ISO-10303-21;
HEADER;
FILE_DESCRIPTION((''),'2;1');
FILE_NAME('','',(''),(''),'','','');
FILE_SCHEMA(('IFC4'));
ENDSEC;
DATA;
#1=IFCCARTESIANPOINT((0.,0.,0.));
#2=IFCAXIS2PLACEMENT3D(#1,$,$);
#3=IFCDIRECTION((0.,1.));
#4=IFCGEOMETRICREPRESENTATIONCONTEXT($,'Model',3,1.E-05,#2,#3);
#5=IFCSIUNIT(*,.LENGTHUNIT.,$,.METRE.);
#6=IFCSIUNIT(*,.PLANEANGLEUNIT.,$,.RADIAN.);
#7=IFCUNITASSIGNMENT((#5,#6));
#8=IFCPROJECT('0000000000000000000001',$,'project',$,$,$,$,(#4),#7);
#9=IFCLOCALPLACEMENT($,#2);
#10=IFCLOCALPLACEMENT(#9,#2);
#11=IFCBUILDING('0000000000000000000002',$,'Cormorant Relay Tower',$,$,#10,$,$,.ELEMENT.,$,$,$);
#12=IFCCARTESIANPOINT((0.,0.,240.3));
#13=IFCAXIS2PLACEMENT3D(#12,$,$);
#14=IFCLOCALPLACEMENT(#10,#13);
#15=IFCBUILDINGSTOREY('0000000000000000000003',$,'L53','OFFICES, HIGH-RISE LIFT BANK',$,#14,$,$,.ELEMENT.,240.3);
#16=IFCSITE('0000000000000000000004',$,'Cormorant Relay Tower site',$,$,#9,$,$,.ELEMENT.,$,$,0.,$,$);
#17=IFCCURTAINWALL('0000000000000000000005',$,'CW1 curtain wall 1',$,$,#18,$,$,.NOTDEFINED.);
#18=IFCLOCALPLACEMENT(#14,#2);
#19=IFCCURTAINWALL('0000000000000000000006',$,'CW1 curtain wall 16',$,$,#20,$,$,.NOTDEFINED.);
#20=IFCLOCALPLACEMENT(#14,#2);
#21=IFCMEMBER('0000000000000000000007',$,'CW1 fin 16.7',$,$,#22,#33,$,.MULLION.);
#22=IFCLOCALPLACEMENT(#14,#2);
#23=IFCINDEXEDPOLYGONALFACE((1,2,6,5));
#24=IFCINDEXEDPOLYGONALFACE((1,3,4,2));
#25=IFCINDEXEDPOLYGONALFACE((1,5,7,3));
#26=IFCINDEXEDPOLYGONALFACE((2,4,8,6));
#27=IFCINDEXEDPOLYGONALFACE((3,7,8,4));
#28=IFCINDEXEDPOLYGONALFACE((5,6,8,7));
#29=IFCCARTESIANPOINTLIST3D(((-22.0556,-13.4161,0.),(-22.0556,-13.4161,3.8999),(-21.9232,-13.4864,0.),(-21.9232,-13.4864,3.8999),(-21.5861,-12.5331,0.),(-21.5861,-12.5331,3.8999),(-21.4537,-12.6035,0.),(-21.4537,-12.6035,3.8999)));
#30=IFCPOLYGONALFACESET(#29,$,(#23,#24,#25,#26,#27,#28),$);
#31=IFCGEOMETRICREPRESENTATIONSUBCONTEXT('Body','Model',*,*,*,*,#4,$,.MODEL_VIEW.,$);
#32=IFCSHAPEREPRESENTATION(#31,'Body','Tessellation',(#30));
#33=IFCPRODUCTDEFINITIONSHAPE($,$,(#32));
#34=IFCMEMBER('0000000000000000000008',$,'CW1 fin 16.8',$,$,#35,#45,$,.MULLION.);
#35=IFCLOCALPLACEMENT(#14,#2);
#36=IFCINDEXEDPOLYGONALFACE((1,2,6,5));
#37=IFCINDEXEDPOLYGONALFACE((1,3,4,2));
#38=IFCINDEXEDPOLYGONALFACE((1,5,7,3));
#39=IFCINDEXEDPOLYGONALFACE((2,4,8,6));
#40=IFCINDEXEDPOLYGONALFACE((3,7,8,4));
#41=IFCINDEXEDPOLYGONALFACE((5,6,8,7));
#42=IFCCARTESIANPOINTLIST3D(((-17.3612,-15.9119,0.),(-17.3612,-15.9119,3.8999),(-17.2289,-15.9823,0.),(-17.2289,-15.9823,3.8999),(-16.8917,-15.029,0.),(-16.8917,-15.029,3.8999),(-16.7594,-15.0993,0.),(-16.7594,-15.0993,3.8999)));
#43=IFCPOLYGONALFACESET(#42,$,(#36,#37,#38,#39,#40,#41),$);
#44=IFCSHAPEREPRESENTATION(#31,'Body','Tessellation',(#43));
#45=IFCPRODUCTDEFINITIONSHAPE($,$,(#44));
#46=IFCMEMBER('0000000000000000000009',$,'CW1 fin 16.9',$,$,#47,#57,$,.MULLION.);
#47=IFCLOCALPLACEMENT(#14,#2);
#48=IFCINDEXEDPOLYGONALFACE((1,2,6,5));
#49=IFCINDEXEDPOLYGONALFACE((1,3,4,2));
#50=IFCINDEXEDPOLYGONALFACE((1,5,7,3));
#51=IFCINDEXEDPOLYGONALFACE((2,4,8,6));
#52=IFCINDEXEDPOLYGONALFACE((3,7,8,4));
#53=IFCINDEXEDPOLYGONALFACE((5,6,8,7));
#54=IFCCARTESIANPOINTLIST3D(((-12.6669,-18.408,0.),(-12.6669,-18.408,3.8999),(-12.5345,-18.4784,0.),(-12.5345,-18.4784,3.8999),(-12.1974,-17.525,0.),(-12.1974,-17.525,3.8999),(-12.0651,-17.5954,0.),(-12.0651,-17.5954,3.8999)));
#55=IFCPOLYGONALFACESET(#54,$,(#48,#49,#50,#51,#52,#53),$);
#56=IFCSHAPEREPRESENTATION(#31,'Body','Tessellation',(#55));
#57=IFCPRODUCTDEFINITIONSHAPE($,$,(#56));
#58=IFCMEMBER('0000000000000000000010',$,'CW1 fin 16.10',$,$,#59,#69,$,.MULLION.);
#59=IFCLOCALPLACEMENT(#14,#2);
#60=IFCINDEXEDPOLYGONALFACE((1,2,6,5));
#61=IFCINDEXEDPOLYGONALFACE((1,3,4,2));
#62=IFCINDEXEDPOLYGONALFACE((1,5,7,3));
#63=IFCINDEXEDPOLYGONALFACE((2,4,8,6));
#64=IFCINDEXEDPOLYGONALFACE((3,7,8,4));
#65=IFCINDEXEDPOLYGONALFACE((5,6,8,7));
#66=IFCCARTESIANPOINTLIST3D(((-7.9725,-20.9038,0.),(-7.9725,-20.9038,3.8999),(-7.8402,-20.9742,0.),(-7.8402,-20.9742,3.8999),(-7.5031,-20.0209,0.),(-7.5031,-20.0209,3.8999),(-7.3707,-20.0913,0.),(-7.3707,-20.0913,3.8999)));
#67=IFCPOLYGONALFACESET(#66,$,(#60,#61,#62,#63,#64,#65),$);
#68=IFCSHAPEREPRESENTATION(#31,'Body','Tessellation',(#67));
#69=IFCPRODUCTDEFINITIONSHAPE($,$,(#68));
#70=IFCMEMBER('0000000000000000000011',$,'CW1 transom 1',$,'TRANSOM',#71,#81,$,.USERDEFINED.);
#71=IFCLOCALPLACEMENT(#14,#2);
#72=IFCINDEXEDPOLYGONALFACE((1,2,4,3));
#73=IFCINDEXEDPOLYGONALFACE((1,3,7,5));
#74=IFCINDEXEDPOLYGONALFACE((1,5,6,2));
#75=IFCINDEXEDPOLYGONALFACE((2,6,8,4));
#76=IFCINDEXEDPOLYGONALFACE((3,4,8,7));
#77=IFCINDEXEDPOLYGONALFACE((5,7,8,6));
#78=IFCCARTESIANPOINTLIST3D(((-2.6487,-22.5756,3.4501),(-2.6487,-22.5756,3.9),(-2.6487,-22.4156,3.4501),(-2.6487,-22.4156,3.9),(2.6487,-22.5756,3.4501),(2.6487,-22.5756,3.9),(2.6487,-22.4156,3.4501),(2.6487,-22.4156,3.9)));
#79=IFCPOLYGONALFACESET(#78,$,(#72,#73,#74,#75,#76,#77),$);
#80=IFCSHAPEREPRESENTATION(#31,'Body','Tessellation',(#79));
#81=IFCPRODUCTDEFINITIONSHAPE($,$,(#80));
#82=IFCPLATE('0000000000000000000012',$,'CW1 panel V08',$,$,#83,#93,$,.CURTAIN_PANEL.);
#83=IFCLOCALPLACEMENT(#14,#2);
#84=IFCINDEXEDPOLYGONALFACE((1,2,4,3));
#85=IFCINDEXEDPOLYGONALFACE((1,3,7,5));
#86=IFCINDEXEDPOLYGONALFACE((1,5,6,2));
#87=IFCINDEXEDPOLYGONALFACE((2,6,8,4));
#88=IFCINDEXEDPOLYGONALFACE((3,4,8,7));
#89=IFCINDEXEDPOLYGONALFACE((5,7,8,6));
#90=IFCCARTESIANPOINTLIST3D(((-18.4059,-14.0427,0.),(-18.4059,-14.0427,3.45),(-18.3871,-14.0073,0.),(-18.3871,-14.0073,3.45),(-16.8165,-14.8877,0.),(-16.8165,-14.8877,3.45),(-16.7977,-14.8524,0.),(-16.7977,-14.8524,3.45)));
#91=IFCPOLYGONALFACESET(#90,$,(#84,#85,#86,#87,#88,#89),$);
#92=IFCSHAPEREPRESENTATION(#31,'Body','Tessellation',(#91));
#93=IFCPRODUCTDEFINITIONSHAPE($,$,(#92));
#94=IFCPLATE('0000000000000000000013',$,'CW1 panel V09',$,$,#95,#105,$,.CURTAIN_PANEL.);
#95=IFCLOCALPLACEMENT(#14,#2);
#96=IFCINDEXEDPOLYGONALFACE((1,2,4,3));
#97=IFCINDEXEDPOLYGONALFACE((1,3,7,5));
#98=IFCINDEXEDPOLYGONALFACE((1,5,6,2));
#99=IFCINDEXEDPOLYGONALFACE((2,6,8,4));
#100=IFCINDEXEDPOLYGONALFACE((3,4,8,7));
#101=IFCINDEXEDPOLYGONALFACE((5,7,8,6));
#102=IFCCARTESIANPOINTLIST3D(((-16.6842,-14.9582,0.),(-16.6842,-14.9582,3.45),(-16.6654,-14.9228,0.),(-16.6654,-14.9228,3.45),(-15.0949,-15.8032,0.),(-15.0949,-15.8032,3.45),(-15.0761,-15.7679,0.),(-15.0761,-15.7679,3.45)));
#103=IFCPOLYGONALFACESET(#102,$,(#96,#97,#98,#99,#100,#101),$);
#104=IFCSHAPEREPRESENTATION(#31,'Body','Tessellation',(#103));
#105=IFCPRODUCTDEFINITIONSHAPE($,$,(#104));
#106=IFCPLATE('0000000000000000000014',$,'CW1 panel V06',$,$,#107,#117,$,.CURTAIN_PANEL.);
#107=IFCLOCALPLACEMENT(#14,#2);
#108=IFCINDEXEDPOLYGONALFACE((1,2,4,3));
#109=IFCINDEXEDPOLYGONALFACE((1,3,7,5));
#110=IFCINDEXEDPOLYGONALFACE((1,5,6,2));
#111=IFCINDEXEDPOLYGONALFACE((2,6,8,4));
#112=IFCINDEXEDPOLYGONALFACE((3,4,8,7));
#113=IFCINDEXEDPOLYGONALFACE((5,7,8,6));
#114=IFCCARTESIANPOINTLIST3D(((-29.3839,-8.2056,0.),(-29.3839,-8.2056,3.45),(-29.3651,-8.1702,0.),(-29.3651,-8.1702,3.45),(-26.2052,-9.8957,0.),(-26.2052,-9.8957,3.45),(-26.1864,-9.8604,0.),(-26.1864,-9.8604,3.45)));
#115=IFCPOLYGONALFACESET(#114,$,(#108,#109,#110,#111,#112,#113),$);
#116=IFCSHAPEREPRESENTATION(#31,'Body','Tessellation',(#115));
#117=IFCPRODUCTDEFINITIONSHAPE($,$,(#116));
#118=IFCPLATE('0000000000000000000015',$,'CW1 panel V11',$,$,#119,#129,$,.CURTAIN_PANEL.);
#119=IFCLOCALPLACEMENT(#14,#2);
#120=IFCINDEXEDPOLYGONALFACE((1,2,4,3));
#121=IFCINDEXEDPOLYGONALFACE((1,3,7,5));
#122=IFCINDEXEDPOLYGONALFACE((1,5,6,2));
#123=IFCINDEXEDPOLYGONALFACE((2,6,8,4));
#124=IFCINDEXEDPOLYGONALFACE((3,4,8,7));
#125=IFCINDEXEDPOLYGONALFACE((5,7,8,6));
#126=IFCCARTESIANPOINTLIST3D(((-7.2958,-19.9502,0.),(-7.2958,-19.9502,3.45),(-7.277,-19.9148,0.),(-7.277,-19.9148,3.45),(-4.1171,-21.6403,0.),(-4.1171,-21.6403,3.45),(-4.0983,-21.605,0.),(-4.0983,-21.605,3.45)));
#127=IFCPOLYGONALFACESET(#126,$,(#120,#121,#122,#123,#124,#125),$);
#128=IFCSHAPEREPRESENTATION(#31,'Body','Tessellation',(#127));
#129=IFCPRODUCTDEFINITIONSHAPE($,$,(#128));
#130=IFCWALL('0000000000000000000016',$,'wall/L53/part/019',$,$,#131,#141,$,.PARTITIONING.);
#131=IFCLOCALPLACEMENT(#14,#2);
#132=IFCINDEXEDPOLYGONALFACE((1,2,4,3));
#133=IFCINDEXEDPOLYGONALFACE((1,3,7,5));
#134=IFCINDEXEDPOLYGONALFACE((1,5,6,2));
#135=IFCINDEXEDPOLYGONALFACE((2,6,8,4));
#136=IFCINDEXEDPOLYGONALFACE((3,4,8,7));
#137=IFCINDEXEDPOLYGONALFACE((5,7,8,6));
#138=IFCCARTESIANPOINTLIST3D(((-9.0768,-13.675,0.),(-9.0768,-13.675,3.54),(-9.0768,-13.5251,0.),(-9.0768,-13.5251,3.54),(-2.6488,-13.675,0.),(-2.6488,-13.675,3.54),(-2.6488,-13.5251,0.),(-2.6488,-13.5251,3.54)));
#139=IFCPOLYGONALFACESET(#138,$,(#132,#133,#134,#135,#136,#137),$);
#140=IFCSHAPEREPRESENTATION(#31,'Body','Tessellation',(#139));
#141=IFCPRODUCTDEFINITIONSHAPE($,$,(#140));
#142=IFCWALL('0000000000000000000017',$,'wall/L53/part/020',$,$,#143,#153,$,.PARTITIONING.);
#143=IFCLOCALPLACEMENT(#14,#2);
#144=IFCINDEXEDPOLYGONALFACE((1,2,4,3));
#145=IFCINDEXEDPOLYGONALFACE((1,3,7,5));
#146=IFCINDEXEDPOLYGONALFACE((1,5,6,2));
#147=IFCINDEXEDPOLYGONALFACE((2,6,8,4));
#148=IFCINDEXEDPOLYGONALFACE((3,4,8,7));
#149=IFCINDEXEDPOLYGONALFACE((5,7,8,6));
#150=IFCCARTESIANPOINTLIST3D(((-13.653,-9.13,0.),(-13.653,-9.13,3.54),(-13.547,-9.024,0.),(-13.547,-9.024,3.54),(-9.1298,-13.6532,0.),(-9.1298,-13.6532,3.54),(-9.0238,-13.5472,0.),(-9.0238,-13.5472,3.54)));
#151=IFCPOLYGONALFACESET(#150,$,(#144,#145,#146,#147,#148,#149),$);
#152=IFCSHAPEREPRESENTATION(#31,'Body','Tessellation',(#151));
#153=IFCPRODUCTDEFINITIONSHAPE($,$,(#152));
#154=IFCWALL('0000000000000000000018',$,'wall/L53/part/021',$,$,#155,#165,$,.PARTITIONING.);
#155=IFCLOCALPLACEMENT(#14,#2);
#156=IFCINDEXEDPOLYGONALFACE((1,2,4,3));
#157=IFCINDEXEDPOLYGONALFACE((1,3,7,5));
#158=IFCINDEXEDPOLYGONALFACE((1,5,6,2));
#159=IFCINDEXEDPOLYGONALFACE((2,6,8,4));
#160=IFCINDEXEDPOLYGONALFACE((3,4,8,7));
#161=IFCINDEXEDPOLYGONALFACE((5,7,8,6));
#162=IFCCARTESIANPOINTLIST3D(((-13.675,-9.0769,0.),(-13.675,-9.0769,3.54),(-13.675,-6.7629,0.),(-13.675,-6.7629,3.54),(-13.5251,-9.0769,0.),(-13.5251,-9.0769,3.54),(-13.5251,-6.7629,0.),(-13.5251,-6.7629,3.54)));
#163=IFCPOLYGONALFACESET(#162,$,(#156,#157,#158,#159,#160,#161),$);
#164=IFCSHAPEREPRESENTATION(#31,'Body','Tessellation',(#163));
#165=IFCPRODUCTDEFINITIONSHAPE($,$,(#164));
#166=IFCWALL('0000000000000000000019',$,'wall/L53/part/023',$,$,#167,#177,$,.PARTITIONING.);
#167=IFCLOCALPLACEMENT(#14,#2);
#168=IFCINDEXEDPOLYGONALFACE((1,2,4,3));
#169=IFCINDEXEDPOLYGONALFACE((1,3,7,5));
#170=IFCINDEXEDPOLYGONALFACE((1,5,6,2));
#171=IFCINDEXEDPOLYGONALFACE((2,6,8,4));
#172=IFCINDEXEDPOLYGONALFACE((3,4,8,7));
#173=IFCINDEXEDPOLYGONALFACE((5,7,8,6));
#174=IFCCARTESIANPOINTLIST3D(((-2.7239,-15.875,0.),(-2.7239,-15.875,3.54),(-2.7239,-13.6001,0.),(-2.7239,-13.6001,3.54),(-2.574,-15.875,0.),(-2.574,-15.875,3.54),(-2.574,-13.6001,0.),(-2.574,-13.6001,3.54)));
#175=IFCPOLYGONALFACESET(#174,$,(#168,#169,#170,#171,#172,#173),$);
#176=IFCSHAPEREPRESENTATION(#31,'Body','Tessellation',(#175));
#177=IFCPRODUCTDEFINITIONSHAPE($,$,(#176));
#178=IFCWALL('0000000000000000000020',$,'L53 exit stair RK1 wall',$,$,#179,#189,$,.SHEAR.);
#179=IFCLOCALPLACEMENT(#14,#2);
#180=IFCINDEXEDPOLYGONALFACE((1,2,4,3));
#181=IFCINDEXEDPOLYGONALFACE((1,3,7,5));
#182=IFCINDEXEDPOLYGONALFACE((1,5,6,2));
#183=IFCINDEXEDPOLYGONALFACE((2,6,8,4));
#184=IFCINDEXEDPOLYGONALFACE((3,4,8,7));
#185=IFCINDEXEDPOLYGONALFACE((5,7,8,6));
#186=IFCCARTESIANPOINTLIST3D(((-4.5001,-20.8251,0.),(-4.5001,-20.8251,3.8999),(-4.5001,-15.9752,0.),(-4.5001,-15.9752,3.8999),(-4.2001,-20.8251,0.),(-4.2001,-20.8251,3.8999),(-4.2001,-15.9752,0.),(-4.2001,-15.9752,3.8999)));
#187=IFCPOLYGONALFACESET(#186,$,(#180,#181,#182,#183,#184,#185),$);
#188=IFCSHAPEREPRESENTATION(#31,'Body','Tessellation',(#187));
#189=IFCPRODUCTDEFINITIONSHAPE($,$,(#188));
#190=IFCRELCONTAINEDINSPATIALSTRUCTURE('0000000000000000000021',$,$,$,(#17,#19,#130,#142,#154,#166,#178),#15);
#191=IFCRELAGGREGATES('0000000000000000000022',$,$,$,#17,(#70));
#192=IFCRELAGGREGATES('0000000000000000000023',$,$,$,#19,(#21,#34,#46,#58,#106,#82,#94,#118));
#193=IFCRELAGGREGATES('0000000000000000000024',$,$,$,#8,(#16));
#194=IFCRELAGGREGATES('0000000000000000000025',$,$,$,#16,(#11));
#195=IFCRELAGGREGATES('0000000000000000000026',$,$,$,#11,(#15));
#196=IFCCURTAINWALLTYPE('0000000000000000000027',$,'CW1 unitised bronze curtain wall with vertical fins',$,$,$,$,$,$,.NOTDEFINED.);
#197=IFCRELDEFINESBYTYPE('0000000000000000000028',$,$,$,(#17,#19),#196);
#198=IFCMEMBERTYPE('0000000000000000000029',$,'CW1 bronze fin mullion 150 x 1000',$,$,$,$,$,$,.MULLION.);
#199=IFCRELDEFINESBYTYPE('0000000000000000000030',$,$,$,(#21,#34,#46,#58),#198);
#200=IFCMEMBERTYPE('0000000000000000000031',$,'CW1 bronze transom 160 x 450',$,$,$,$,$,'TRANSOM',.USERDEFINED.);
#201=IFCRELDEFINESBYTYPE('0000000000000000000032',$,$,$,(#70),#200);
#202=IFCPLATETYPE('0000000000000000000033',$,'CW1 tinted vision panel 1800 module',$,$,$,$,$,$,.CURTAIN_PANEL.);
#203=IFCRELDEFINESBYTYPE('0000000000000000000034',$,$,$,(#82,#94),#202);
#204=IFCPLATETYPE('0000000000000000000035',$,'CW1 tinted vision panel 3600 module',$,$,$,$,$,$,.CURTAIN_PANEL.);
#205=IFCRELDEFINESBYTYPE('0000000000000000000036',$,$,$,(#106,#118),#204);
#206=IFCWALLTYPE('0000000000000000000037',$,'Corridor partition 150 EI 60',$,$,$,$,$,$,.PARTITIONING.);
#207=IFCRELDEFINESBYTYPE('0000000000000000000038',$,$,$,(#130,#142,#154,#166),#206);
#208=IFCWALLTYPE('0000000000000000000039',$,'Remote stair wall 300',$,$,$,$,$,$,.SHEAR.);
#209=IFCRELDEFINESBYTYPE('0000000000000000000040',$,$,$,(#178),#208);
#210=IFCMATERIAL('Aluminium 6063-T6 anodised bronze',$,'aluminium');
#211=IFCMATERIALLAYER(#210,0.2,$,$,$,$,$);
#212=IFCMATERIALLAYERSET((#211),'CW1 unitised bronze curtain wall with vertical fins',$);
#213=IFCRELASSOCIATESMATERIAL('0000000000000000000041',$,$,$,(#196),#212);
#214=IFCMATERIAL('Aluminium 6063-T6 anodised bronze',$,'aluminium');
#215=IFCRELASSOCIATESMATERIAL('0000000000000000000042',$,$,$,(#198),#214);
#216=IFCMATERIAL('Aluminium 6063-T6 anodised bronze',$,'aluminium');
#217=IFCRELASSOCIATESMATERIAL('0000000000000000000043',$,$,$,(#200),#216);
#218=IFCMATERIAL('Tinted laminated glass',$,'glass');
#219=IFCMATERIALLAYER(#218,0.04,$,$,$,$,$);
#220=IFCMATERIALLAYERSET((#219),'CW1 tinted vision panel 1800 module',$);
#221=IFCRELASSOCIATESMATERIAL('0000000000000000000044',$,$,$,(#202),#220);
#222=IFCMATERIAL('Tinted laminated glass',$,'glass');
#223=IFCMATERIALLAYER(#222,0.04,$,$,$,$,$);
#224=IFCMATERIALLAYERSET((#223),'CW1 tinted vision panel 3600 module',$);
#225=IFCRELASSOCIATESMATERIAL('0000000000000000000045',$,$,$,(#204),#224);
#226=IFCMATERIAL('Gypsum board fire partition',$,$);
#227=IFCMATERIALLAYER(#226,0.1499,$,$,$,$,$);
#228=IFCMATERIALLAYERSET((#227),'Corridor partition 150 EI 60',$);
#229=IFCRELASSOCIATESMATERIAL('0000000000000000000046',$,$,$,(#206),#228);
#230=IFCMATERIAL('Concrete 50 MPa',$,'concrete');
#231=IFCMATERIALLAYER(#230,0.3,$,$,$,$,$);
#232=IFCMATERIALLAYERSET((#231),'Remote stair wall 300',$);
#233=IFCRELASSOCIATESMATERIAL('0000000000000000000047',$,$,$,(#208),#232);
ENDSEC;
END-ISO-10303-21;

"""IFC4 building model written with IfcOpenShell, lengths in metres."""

from ifc_helpers import new_model, si_unit, direction, frame, frame_2d, origin, origin_2d, place, context, subcontext, project, spatial, rectangle, extrude, material, layer, layer_set, material_profile, profile_set, type_object, element, aggregate, save


model = new_model("IFC4")

# Units and contexts
model_context = context("Model", 3, precision=1e-05, world=origin(), true_north=direction((0.0, 1.0)))
body_context = subcontext(model_context, "Body", "Model", "MODEL_VIEW")
ifc_project = project(units=[si_unit("LENGTHUNIT", "METRE"), si_unit("PLANEANGLEUNIT", "RADIAN")], contexts=[model_context])

# Site, building, storey
site_placement = place(None, origin())
site = spatial("IfcSite", under=ifc_project, at=site_placement, Name="Cormorant Relay Tower site", CompositionType="ELEMENT", RefElevation=0.0)
building_placement = place(site_placement, origin())
building = spatial("IfcBuilding", under=site, at=building_placement, Name="Cormorant Relay Tower", CompositionType="ELEMENT")
storey_placement = place(building_placement, frame((0.0, 0.0, 240.3)))
storey = spatial("IfcBuildingStorey", under=building, at=storey_placement, Name="L53", Description="OFFICES, HIGH-RISE LIFT BANK", CompositionType="ELEMENT", Elevation=240.3)

# Curtain wall
ifc_material_1 = material(Name="Aluminium 6063-T6 anodised bronze", Category="aluminium")
ifc_layer_1 = layer(ifc_material_1, 0.2)
ifc_layer_set_1 = layer_set([ifc_layer_1], Name="CW1 unitised bronze curtain wall with vertical fins")
curtain_wall_type = type_object("IfcCurtainWallType", Name="CW1 unitised bronze curtain wall with vertical fins", PredefinedType="NOTDEFINED", material=ifc_layer_set_1)
curtain_wall_1_placement = place(storey_placement, origin())
curtain_wall_1 = element("IfcCurtainWall", 1, at=curtain_wall_1_placement, inside=storey, type_object=curtain_wall_type, Name="CW1 curtain wall 1", PredefinedType="NOTDEFINED")
ifc_material_2 = material(Name="Aluminium 6063-T6 anodised bronze", Category="aluminium")
ifc_material_profile_1 = material_profile(ifc_material_2, rectangle(XDim=0.1499, YDim=1.0, at=origin_2d()), Name="AL 150x1000")
ifc_profile_set_1 = profile_set([ifc_material_profile_1], Name="Aluminium 6063-T6 anodised bronze")
member_type_1 = type_object("IfcMemberType", Name="CW1 bronze fin mullion 150 x 1000", PredefinedType="MULLION", material=ifc_profile_set_1)

# Curtain wall, members
curtain_wall_2_placement = place(storey_placement, origin())
curtain_wall_2 = element("IfcCurtainWall", 2, at=curtain_wall_2_placement, inside=storey, type_object=curtain_wall_type, Name="CW1 curtain wall 16", PredefinedType="NOTDEFINED")
member_1_placement = place(storey_placement, frame((-21.7546, -13.0098, 0.0), z_axis=(0.0, 0.0, 1.0), x_axis=(0.882948, -0.469472, 0.0)))
member_1 = element("IfcMember", 3, at=member_1_placement, type_object=member_type_1, Name="CW1 fin 16.7", PredefinedType="MULLION", context=body_context, shape_type="SweptSolid", body=[
    extrude(rectangle(XDim=0.1499, YDim=1.0, at=origin_2d()), origin(), (0.0, 0.0, 1.0), 3.8999),
])
member_2_placement = place(storey_placement, frame((-17.0603, -15.5056, 0.0), z_axis=(0.0, 0.0, 1.0), x_axis=(0.882948, -0.469472, 0.0)))
member_2 = element("IfcMember", 4, at=member_2_placement, type_object=member_type_1, Name="CW1 fin 16.8", PredefinedType="MULLION", context=body_context, shape_type="SweptSolid", body=[
    extrude(rectangle(XDim=0.1499, YDim=1.0, at=origin_2d()), origin(), (0.0, 0.0, 1.0), 3.8999),
])
member_3_placement = place(storey_placement, frame((-12.366, -18.0017, 0.0), z_axis=(0.0, 0.0, 1.0), x_axis=(0.882948, -0.469472, 0.0)))
member_3 = element("IfcMember", 5, at=member_3_placement, type_object=member_type_1, Name="CW1 fin 16.9", PredefinedType="MULLION", context=body_context, shape_type="SweptSolid", body=[
    extrude(rectangle(XDim=0.1499, YDim=1.0, at=origin_2d()), origin(), (0.0, 0.0, 1.0), 3.8999),
])
member_4_placement = place(storey_placement, frame((-7.6716, -20.4976, 0.0), z_axis=(0.0, 0.0, 1.0), x_axis=(0.882948, -0.469472, 0.0)))
member_4 = element("IfcMember", 6, at=member_4_placement, type_object=member_type_1, Name="CW1 fin 16.10", PredefinedType="MULLION", context=body_context, shape_type="SweptSolid", body=[
    extrude(rectangle(XDim=0.1499, YDim=1.0, at=origin_2d()), origin(), (0.0, 0.0, 1.0), 3.8999),
])

# Member
ifc_material_3 = material(Name="Aluminium 6063-T6 anodised bronze", Category="aluminium")
ifc_material_profile_2 = material_profile(ifc_material_3, rectangle(XDim=0.1599, YDim=0.45, at=origin_2d()), Name="AL 160x450")
ifc_profile_set_2 = profile_set([ifc_material_profile_2], Name="Aluminium 6063-T6 anodised bronze")
member_type_2 = type_object("IfcMemberType", Name="CW1 bronze transom 160 x 450", ElementType="TRANSOM", PredefinedType="USERDEFINED", material=ifc_profile_set_2)
member_5_placement = place(storey_placement, frame((-2.6487, -22.4956, 3.675), z_axis=(1.0, 0.0, 0.0), x_axis=(0.0, 1.0, 0.0)))
member_5 = element("IfcMember", 7, at=member_5_placement, type_object=member_type_2, Name="CW1 transom 1", ObjectType="TRANSOM", PredefinedType="USERDEFINED", context=body_context, shape_type="SweptSolid", body=[
    extrude(rectangle(XDim=0.1599, YDim=0.45, at=origin_2d()), origin(), (0.0, 0.0, 1.0), 5.2974),
])
aggregate(curtain_wall_1, [member_5])

# Plates
ifc_material_4 = material(Name="Tinted laminated glass", Category="glass")
ifc_layer_2 = layer(ifc_material_4, 0.04)
ifc_layer_set_2 = layer_set([ifc_layer_2], Name="CW1 tinted vision panel 1800 module")
plate_type_1 = type_object("IfcPlateType", Name="CW1 tinted vision panel 1800 module", PredefinedType="CURTAIN_PANEL", material=ifc_layer_set_2)
plate_1_placement = place(storey_placement, frame((-17.6018, -14.4475, 0.0), z_axis=(0.0, 0.0, 1.0), x_axis=(0.882948, -0.469472, 0.0)))
plate_1 = element("IfcPlate", 8, at=plate_1_placement, type_object=plate_type_1, Name="CW1 panel V08", PredefinedType="CURTAIN_PANEL", context=body_context, shape_type="SweptSolid", body=[
    extrude(rectangle(XDim=1.8, YDim=0.04, at=origin_2d()), origin(), (0.0, 0.0, 1.0), 3.45),
])
plate_2_placement = place(storey_placement, frame((-15.8801, -15.363, 0.0), z_axis=(0.0, 0.0, 1.0), x_axis=(0.882948, -0.469472, 0.0)))
plate_2 = element("IfcPlate", 9, at=plate_2_placement, type_object=plate_type_1, Name="CW1 panel V09", PredefinedType="CURTAIN_PANEL", context=body_context, shape_type="SweptSolid", body=[
    extrude(rectangle(XDim=1.8, YDim=0.04, at=origin_2d()), origin(), (0.0, 0.0, 1.0), 3.45),
])
ifc_material_5 = material(Name="Tinted laminated glass", Category="glass")
ifc_layer_3 = layer(ifc_material_5, 0.04)
ifc_layer_set_3 = layer_set([ifc_layer_3], Name="CW1 tinted vision panel 3600 module")
plate_type_2 = type_object("IfcPlateType", Name="CW1 tinted vision panel 3600 module", PredefinedType="CURTAIN_PANEL", material=ifc_layer_set_3)
plate_3_placement = place(storey_placement, frame((-27.7852, -9.033, 0.0), z_axis=(0.0, 0.0, 1.0), x_axis=(0.882948, -0.469472, 0.0)))
plate_3 = element("IfcPlate", 10, at=plate_3_placement, type_object=plate_type_2, Name="CW1 panel V06", PredefinedType="CURTAIN_PANEL", context=body_context, shape_type="SweptSolid", body=[
    extrude(rectangle(XDim=3.6001, YDim=0.04, at=origin_2d()), origin(), (0.0, 0.0, 1.0), 3.45),
])
plate_4_placement = place(storey_placement, frame((-5.697, -20.7776, 0.0), z_axis=(0.0, 0.0, 1.0), x_axis=(0.882948, -0.469472, 0.0)))
plate_4 = element("IfcPlate", 11, at=plate_4_placement, type_object=plate_type_2, Name="CW1 panel V11", PredefinedType="CURTAIN_PANEL", context=body_context, shape_type="SweptSolid", body=[
    extrude(rectangle(XDim=3.6001, YDim=0.04, at=origin_2d()), origin(), (0.0, 0.0, 1.0), 3.45),
])

# Walls
ifc_material_6 = material(Name="Gypsum board fire partition")
ifc_layer_4 = layer(ifc_material_6, 0.1499)
ifc_layer_set_4 = layer_set([ifc_layer_4], Name="Corridor partition 150 EI 60")
wall_type_1 = type_object("IfcWallType", Name="Corridor partition 150 EI 60", PredefinedType="PARTITIONING", material=ifc_layer_set_4)
wall_1_placement = place(storey_placement, frame((-2.6489, -13.6001, 0.0), z_axis=(0.0, 0.0, 1.0), x_axis=(-1.0, 0.0, 0.0)))
element("IfcWall", 12, at=wall_1_placement, inside=storey, type_object=wall_type_1, Name="wall/L53/part/019", PredefinedType="PARTITIONING", context=body_context, shape_type="SweptSolid", body=[
    extrude(rectangle(XDim=6.428, YDim=0.1499, at=frame_2d((3.2139, 0.0))), origin(), (0.0, 0.0, 1.0), 3.54),
])
wall_2_placement = place(storey_placement, frame((-9.0769, -13.6001, 0.0), z_axis=(0.0, 0.0, 1.0), x_axis=(-0.707107, 0.707107, 0.0)))
element("IfcWall", 13, at=wall_2_placement, inside=storey, type_object=wall_type_1, Name="wall/L53/part/020", PredefinedType="PARTITIONING", context=body_context, shape_type="SweptSolid", body=[
    extrude(rectangle(XDim=6.3967, YDim=0.1499, at=frame_2d((3.1982, 0.0))), origin(), (0.0, 0.0, 1.0), 3.54),
])
wall_3_placement = place(storey_placement, frame((-13.6001, -9.0769, 0.0), z_axis=(0.0, 0.0, 1.0), x_axis=(0.0, 1.0, 0.0)))
element("IfcWall", 14, at=wall_3_placement, inside=storey, type_object=wall_type_1, Name="wall/L53/part/021", PredefinedType="PARTITIONING", context=body_context, shape_type="SweptSolid", body=[
    extrude(rectangle(XDim=2.314, YDim=0.1499, at=frame_2d((1.157, 0.0))), origin(), (0.0, 0.0, 1.0), 3.54),
])
wall_4_placement = place(storey_placement, frame((-2.6489, -13.6001, 0.0), z_axis=(0.0, 0.0, 1.0), x_axis=(0.0, -1.0, 0.0)))
element("IfcWall", 15, at=wall_4_placement, inside=storey, type_object=wall_type_1, Name="wall/L53/part/023", PredefinedType="PARTITIONING", context=body_context, shape_type="SweptSolid", body=[
    extrude(rectangle(XDim=2.2749, YDim=0.1499, at=frame_2d((1.1375, 0.0))), origin(), (0.0, 0.0, 1.0), 3.54),
])
ifc_material_7 = material(Name="Concrete 50 MPa", Category="concrete")
ifc_layer_5 = layer(ifc_material_7, 0.3)
ifc_layer_set_5 = layer_set([ifc_layer_5], Name="Remote stair wall 300")
wall_type_2 = type_object("IfcWallType", Name="Remote stair wall 300", PredefinedType="SHEAR", material=ifc_layer_set_5)
wall_5_placement = place(storey_placement, frame((-4.3501, -20.825, 0.0), z_axis=(0.0, 0.0, 1.0), x_axis=(0.0, 1.0, 0.0)))
element("IfcWall", 16, at=wall_5_placement, inside=storey, type_object=wall_type_2, Name="L53 exit stair RK1 wall", PredefinedType="SHEAR", context=body_context, shape_type="SweptSolid", body=[
    extrude(rectangle(XDim=4.8499, YDim=0.3, at=frame_2d((2.4248, 0.0))), origin(), (0.0, 0.0, 1.0), 3.8999),
])

aggregate(curtain_wall_2, [member_1, member_2, member_3, member_4, plate_3, plate_1, plate_2, plate_4])

save(model, "model.ifc")
